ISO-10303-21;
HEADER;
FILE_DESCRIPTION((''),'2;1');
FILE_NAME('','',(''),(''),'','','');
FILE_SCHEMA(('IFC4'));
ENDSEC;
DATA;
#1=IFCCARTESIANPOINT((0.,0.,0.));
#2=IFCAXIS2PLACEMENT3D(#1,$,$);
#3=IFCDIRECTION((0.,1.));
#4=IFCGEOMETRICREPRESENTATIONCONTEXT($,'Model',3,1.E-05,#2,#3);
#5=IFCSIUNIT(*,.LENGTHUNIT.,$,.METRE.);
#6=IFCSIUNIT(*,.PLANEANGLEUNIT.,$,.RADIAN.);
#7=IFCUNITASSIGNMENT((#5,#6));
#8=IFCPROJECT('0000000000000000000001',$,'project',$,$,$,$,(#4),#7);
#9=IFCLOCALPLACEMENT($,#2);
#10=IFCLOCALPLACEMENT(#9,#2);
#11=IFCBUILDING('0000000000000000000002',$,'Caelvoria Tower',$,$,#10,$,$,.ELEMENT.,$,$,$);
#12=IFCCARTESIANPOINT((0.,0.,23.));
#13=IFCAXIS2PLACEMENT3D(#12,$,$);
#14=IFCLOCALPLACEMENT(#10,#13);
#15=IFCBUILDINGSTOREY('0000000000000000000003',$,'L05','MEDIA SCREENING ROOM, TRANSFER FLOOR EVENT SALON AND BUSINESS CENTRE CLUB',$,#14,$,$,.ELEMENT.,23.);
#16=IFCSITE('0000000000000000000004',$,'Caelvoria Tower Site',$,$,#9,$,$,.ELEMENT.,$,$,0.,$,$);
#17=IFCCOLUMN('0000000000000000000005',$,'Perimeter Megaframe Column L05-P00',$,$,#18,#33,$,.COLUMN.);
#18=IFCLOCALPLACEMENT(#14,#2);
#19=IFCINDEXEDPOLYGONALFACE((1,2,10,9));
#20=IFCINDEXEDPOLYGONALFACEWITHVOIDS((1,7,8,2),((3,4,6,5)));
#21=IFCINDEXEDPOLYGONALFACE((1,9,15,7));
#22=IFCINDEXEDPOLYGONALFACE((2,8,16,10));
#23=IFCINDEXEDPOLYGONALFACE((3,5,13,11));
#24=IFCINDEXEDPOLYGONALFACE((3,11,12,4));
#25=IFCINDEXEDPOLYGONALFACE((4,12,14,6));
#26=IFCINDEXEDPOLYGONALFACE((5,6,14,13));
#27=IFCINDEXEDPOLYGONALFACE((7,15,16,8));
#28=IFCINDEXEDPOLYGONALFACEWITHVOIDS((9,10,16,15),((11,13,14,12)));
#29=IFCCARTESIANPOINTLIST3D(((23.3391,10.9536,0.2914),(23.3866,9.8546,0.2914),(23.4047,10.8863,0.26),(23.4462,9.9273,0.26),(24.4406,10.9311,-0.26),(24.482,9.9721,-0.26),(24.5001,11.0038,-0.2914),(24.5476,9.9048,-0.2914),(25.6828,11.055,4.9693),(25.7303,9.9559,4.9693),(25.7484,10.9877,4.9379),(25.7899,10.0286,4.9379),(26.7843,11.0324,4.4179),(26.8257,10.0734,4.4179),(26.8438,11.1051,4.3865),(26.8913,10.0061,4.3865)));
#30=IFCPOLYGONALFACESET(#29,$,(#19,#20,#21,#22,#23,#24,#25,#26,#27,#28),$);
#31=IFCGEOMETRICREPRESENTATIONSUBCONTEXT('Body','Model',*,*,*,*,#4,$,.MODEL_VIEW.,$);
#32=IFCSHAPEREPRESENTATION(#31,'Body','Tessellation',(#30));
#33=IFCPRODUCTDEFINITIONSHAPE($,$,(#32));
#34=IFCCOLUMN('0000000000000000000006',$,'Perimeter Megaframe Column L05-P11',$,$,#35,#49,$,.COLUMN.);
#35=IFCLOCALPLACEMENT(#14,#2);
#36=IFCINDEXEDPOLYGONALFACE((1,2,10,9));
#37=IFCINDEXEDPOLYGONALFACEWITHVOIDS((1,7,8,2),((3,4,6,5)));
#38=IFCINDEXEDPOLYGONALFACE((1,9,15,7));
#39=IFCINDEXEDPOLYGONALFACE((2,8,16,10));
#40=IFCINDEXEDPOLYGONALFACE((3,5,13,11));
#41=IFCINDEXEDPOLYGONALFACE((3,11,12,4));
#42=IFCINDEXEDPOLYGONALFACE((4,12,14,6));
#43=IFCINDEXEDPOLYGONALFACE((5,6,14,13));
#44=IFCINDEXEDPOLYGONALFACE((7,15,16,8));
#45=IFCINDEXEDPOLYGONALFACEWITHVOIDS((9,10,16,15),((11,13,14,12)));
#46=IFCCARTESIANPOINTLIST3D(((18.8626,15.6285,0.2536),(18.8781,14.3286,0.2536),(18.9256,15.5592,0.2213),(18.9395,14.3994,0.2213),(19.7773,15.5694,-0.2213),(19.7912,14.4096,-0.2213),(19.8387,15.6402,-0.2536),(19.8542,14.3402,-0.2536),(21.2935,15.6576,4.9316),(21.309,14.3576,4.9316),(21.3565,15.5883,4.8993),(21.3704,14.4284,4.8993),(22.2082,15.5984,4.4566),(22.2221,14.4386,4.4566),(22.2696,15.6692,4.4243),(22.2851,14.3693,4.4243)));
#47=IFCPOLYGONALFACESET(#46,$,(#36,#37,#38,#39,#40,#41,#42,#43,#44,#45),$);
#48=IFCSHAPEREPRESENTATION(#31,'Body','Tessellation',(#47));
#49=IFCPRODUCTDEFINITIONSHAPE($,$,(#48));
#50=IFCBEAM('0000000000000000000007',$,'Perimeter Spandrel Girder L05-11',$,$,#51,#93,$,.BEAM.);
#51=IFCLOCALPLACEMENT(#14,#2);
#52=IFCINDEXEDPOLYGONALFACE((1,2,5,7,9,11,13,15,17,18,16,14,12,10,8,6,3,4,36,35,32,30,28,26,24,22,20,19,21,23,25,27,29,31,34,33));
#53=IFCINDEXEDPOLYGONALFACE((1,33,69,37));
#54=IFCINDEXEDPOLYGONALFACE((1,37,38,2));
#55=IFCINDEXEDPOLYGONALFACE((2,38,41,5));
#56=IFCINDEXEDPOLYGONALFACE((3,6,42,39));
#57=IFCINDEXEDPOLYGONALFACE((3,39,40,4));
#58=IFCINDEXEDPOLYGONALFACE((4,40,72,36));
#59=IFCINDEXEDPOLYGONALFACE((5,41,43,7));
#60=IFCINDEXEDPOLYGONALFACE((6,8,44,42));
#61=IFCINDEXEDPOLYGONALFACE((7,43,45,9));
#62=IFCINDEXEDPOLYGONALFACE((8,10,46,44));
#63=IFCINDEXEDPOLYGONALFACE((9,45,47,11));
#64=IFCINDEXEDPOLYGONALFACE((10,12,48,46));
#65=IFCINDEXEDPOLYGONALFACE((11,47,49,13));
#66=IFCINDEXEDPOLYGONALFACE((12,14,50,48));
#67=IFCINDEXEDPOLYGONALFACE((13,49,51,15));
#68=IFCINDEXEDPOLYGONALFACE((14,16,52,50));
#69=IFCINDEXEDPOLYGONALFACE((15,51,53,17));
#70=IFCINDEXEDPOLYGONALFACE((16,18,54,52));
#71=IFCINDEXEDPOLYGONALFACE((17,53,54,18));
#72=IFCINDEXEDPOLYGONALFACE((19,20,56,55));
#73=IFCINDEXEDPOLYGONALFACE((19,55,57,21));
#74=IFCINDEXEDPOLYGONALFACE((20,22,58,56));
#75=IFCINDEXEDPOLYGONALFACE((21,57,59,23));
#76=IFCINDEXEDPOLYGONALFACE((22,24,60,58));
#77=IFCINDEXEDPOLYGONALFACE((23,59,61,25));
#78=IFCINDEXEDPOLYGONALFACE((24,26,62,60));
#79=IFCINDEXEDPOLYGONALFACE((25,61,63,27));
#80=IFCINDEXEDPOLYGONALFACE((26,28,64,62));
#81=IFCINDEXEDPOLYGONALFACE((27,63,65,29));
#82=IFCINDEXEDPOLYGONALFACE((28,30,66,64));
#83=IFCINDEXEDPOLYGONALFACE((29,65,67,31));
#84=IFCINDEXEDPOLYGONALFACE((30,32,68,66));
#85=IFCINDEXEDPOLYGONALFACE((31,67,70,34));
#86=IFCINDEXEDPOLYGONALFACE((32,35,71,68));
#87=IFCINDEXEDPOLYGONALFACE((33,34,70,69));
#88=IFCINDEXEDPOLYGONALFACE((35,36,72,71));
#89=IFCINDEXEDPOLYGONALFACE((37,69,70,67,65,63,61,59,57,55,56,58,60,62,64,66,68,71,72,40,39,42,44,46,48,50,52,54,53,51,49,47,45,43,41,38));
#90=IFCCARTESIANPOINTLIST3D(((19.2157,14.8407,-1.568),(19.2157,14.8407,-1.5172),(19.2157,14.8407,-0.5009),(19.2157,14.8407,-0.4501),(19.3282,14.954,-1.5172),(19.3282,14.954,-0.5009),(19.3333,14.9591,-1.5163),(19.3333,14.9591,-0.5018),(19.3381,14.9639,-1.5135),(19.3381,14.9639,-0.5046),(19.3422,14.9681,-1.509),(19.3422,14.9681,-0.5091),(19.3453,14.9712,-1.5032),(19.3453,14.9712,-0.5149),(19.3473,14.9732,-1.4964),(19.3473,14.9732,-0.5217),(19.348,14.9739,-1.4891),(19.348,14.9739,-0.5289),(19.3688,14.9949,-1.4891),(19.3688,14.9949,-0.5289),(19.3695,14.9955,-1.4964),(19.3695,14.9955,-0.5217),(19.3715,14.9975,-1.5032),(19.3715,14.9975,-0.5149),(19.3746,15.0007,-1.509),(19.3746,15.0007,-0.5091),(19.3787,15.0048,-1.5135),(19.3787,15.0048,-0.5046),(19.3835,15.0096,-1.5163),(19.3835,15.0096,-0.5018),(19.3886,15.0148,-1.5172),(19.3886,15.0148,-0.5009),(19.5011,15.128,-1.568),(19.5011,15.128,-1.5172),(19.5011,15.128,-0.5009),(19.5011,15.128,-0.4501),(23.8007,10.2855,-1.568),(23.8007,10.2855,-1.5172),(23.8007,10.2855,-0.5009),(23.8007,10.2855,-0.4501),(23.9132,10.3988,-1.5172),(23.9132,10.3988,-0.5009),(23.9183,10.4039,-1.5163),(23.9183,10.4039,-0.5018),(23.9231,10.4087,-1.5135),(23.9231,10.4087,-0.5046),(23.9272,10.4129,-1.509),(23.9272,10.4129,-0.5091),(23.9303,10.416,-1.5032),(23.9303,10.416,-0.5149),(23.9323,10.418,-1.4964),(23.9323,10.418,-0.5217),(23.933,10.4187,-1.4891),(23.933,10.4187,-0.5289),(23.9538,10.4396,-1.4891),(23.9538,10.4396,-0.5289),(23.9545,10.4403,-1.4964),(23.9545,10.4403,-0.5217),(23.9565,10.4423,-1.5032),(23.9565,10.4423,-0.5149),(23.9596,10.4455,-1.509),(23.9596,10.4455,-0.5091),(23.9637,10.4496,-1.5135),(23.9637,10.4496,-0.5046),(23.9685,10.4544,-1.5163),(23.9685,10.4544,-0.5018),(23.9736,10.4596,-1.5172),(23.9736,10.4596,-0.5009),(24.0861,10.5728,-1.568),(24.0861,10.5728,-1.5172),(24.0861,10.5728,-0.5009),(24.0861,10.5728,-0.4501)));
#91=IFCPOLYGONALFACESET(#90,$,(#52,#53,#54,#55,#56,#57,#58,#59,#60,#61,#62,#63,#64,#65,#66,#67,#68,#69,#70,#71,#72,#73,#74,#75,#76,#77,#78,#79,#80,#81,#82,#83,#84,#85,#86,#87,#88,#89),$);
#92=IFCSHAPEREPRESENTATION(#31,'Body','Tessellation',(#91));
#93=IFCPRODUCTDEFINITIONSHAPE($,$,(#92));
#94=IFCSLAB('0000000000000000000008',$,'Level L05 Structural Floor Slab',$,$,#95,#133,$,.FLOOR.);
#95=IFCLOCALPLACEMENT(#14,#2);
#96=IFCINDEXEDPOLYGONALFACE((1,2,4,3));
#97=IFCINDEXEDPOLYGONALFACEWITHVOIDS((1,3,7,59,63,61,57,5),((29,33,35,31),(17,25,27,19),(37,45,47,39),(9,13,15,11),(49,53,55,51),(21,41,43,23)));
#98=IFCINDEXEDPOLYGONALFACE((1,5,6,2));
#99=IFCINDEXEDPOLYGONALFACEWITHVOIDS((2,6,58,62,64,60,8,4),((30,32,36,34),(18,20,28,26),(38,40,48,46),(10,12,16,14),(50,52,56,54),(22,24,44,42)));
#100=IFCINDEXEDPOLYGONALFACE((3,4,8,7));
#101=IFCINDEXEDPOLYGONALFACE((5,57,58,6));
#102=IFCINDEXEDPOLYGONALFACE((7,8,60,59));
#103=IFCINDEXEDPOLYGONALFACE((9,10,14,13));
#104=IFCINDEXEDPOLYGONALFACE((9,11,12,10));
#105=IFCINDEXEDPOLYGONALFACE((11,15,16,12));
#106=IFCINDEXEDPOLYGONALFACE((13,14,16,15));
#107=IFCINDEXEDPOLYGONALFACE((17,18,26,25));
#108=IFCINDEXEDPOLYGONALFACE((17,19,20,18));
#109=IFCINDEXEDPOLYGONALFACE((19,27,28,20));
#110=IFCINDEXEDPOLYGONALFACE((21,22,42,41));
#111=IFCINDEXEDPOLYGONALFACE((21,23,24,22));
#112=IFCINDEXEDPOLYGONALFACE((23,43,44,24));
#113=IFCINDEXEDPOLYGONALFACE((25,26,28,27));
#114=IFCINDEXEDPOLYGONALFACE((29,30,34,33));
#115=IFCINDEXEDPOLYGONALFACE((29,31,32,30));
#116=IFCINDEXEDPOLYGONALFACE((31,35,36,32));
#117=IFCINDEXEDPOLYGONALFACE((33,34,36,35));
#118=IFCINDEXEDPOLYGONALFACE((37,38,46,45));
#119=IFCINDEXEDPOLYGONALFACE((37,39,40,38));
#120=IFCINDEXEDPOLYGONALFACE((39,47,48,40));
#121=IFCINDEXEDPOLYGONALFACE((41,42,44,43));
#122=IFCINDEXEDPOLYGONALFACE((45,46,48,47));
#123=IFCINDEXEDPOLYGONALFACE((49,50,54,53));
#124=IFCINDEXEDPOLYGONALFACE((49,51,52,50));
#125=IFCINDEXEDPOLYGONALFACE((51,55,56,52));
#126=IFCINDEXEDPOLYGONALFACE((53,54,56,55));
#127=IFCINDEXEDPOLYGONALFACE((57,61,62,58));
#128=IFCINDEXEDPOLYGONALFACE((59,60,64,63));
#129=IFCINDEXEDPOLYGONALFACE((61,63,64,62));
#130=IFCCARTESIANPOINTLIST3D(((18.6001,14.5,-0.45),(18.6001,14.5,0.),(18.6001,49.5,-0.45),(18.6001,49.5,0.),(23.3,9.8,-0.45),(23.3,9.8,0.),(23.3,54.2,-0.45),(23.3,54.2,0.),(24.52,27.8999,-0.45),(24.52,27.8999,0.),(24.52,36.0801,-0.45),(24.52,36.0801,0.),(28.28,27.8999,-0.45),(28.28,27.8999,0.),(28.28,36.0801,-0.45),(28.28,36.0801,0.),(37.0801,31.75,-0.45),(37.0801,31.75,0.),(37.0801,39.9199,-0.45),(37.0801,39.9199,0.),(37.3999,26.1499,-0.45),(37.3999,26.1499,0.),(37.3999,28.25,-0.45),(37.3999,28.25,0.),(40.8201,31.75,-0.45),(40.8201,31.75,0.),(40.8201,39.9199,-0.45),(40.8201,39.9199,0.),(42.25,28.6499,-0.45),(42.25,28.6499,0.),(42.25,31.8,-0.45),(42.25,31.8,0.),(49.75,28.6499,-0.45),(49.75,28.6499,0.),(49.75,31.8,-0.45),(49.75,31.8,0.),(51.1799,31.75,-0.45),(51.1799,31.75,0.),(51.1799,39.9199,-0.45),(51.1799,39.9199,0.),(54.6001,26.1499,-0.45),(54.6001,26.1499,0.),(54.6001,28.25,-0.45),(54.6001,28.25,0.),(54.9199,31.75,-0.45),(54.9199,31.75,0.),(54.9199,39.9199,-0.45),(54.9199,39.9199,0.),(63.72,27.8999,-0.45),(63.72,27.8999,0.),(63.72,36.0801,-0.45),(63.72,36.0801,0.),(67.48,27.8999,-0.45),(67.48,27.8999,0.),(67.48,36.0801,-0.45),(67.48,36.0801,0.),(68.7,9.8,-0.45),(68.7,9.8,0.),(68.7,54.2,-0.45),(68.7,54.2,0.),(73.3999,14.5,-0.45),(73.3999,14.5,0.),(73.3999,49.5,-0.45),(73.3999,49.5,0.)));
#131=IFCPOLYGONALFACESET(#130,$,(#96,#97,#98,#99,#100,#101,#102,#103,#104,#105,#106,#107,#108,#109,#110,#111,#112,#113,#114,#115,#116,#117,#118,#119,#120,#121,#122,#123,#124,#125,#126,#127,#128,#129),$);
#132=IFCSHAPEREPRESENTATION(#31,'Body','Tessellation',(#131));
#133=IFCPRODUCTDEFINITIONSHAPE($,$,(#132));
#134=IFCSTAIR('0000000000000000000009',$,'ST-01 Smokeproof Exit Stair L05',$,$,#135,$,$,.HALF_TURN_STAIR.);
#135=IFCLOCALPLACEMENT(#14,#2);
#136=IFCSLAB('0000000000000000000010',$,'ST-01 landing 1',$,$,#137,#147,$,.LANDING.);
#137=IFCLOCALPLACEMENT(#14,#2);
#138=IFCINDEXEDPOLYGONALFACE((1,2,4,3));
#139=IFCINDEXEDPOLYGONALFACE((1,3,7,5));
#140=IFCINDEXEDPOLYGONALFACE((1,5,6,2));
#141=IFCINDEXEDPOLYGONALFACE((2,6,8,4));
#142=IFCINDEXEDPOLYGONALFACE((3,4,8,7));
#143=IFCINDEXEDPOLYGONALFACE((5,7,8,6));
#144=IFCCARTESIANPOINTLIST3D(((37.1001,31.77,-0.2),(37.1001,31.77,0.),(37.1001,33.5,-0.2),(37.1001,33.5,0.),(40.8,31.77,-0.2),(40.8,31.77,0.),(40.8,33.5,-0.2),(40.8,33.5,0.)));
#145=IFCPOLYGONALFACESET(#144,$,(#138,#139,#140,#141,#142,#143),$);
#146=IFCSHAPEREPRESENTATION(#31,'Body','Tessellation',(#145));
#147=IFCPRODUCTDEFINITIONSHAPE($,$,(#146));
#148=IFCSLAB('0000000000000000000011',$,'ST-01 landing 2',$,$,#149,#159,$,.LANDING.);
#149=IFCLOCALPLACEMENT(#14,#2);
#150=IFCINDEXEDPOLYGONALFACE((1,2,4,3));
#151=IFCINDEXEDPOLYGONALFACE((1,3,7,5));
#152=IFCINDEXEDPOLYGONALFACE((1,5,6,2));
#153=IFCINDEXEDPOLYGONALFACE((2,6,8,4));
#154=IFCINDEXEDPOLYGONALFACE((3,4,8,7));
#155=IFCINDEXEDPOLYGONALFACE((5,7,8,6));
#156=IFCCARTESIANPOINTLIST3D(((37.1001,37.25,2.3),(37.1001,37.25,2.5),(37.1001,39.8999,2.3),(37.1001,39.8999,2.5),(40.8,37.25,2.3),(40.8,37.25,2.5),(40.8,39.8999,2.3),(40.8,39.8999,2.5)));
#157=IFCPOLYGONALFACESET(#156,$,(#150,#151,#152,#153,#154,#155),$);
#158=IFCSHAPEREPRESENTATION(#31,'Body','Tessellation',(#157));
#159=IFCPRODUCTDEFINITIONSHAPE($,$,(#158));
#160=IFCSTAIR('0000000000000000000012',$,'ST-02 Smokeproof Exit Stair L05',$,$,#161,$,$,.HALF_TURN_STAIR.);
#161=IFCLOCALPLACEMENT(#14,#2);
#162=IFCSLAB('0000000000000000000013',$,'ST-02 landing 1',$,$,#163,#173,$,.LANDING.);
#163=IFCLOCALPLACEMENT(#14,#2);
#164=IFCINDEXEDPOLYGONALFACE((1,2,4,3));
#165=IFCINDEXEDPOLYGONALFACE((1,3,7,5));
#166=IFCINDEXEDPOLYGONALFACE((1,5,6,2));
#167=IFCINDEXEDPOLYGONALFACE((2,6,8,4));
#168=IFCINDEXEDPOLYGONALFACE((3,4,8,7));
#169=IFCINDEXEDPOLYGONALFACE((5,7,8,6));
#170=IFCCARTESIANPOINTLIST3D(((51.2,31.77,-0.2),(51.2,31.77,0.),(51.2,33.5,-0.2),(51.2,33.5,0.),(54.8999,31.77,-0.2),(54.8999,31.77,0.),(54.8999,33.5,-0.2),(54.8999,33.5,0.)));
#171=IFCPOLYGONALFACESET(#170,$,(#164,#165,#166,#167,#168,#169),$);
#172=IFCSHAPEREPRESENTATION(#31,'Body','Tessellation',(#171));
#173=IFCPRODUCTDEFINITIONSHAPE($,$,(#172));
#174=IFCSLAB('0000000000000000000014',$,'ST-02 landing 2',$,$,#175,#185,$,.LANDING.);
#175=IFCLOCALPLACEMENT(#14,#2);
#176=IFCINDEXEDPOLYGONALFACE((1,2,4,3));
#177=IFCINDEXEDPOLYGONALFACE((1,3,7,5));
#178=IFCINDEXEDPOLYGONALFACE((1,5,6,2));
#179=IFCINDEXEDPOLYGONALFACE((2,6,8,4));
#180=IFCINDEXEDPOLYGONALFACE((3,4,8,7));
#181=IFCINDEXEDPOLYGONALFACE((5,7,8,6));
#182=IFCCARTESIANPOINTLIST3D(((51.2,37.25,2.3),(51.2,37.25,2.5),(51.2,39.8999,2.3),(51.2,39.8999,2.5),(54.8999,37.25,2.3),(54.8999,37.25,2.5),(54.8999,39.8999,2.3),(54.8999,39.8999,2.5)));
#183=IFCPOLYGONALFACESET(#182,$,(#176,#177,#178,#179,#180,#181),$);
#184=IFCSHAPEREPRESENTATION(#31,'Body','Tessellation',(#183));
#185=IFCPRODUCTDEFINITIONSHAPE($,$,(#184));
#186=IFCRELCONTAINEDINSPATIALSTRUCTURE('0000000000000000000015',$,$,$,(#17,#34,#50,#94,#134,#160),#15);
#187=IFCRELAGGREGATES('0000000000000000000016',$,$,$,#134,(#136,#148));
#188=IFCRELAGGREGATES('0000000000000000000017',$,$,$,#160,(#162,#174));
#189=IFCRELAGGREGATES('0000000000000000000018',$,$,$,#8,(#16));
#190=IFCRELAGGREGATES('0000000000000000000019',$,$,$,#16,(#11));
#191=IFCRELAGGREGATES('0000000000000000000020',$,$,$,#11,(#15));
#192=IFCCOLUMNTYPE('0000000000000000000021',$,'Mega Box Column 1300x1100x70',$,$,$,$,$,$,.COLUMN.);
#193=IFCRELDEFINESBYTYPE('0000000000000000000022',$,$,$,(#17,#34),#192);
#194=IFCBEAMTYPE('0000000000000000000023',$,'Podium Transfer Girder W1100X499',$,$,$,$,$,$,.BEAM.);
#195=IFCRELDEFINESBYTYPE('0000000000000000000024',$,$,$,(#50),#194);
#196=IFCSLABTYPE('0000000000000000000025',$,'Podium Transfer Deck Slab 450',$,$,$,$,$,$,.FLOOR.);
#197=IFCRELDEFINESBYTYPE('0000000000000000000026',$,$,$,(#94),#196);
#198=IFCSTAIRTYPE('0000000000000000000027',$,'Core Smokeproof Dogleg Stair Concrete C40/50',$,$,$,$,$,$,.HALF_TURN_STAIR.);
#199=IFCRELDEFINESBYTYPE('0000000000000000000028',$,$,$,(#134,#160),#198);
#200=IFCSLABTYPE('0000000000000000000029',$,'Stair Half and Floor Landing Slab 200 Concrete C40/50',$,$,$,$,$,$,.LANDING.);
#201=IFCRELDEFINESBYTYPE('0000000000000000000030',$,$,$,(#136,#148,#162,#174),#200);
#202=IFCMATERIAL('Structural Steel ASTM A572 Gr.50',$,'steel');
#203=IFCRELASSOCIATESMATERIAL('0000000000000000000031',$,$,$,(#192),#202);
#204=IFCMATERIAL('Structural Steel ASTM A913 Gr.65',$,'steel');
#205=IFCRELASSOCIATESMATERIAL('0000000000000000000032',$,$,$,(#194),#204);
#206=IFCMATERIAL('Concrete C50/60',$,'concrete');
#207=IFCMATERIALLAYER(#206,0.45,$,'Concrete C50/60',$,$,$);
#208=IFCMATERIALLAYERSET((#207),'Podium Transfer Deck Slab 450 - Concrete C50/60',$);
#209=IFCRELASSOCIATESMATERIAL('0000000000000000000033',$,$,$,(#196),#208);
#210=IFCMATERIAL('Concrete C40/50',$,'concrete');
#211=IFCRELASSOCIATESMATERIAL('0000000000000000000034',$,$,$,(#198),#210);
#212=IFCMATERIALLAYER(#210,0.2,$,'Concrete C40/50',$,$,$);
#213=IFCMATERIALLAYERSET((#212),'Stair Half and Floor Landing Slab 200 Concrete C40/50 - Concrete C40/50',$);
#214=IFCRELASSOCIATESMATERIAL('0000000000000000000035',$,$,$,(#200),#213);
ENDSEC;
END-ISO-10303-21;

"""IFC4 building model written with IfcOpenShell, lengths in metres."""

from ifc_helpers import new_model, si_unit, direction, frame, origin, origin_2d, place, context, subcontext, project, spatial, polyline, hollow_rectangle, i_section, outline, extrude, material, layer, layer_set, material_profile, profile_set, type_object, element, aggregate, save


model = new_model("IFC4")

# Units and contexts
model_context = context("Model", 3, precision=1e-05, world=origin(), true_north=direction((0.0, 1.0)))
body_context = subcontext(model_context, "Body", "Model", "MODEL_VIEW")
ifc_project = project(units=[si_unit("LENGTHUNIT", "METRE"), si_unit("PLANEANGLEUNIT", "RADIAN")], contexts=[model_context])

# Site, building, storey
site_placement = place(None, origin())
site = spatial("IfcSite", under=ifc_project, at=site_placement, Name="Caelvoria Tower Site", CompositionType="ELEMENT", RefElevation=0.0)
building_placement = place(site_placement, origin())
building = spatial("IfcBuilding", under=site, at=building_placement, Name="Caelvoria Tower", CompositionType="ELEMENT")
storey_placement = place(building_placement, frame((0.0, 0.0, 23.0)))
storey = spatial("IfcBuildingStorey", under=building, at=storey_placement, Name="L05", Description="MEDIA SCREENING ROOM, TRANSFER FLOOR EVENT SALON AND BUSINESS CENTRE CLUB", CompositionType="ELEMENT", Elevation=23.0)

# Columns
ifc_material_1 = material(Name="Structural Steel ASTM A572 Gr.50", Category="steel")
ifc_material_profile_1 = material_profile(ifc_material_1, hollow_rectangle(XDim=1.1001, YDim=1.3, WallThickness=0.0701, at=origin_2d()), Name="Structural Steel ASTM A572 Gr.50")
ifc_profile_set_1 = profile_set([ifc_material_profile_1], Name="BOX1300X1100X70 - Structural Steel ASTM A572 Gr.50")
column_type = type_object("IfcColumnType", Name="Mega Box Column 1300x1100x70", PredefinedType="COLUMN", material=ifc_profile_set_1)
column_1_placement = place(storey_placement, frame((23.9434, 10.4292, 0.0), z_axis=(0.447857, 0.019361, 0.893895), x_axis=(-0.043189, 0.999067, 0.0)))
element("IfcColumn", 1, at=column_1_placement, inside=storey, type_object=column_type, Name="Perimeter Megaframe Column L05-P00", PredefinedType="COLUMN", context=body_context, shape_type="SweptSolid", body=[
    extrude(hollow_rectangle(XDim=1.1001, YDim=1.3, WallThickness=0.0701, at=origin_2d()), origin(), (0.0, 0.0, 1.0), 5.2332),
])
column_2_placement = place(storey_placement, frame((19.3584, 14.9844, 0.0), z_axis=(0.461101, 0.005511, 0.887331), x_axis=(-0.887267, -0.010604, 0.461134)))
element("IfcColumn", 2, at=column_2_placement, inside=storey, type_object=column_type, Name="Perimeter Megaframe Column L05-P11", PredefinedType="COLUMN", context=body_context, shape_type="SweptSolid", body=[
    extrude(hollow_rectangle(XDim=1.1001, YDim=1.3, WallThickness=0.0701, at=origin_2d()), origin(), (0.0, 0.0, 1.0), 5.272),
])

# Beam
ifc_material_2 = material(Name="Structural Steel ASTM A913 Gr.65", Category="steel")
ifc_material_profile_2 = material_profile(ifc_material_2, i_section(OverallWidth=0.405, OverallDepth=1.1179, WebThickness=0.0295, FlangeThickness=0.0508, FilletRadius=0.0281, at=origin_2d()), Name="Structural Steel ASTM A913 Gr.65")
ifc_profile_set_2 = profile_set([ifc_material_profile_2], Name="W1100X499 - Structural Steel ASTM A913 Gr.65")
beam_type = type_object("IfcBeamType", Name="Podium Transfer Girder W1100X499", PredefinedType="BEAM", material=ifc_profile_set_2)
beam_placement = place(storey_placement, frame((19.3584, 14.9844, -1.009), z_axis=(0.709407, -0.704799, 0.0), x_axis=(0.704799, 0.709407, 0.0)))
element("IfcBeam", 3, at=beam_placement, inside=storey, type_object=beam_type, Name="Perimeter Spandrel Girder L05-11", PredefinedType="BEAM", context=body_context, shape_type="SweptSolid", body=[
    extrude(i_section(OverallWidth=0.405, OverallDepth=1.1179, WebThickness=0.0295, FlangeThickness=0.0508, FilletRadius=0.0281, at=origin_2d()), origin(), (0.0, 0.0, 1.0), 6.4631),
])

# Slab
ifc_material_3 = material(Name="Concrete C50/60", Category="concrete")
ifc_layer_1 = layer(ifc_material_3, 0.45, Name="Concrete C50/60")
ifc_layer_set_1 = layer_set([ifc_layer_1], Name="Podium Transfer Deck Slab 450 - Concrete C50/60")
slab_type_1 = type_object("IfcSlabType", Name="Podium Transfer Deck Slab 450", PredefinedType="FLOOR", material=ifc_layer_set_1)
slab_1_placement = place(storey_placement, frame((0.0, 0.0, -0.45)))
element("IfcSlab", 4, at=slab_1_placement, inside=storey, type_object=slab_type_1, Name="Level L05 Structural Floor Slab", PredefinedType="FLOOR", context=body_context, shape_type="SweptSolid", body=[
    extrude(outline(polyline([(23.3, 9.8), (68.7, 9.8), (73.3999, 14.5), (73.3999, 49.5), (68.7, 54.2), (23.3, 54.2), (18.6001, 49.5), (18.6001, 14.5), (23.3, 9.8)]), holes=[polyline([(37.0801, 31.75), (40.8201, 31.75), (40.8201, 39.9199), (37.0801, 39.9199), (37.0801, 31.75)]), polyline([(51.1799, 31.75), (54.9199, 31.75), (54.9199, 39.9199), (51.1799, 39.9199), (51.1799, 31.75)]), polyline([(42.25, 28.6499), (49.75, 28.6499), (49.75, 31.8), (42.25, 31.8), (42.25, 28.6499)]), polyline([(24.52, 27.8999), (28.28, 27.8999), (28.28, 36.0801), (24.52, 36.0801), (24.52, 27.8999)]), polyline([(63.72, 27.8999), (67.48, 27.8999), (67.48, 36.0801), (63.72, 36.0801), (63.72, 27.8999)]), polyline([(37.3999, 26.1499), (54.6001, 26.1499), (54.6001, 28.25), (37.3999, 28.25), (37.3999, 26.1499)])]), origin(), (0.0, 0.0, 1.0), 0.45),
])

# Stairs, slabs
ifc_material_4 = material(Name="Concrete C40/50", Category="concrete")
stair_type = type_object("IfcStairType", Name="Core Smokeproof Dogleg Stair Concrete C40/50", PredefinedType="HALF_TURN_STAIR", material=ifc_material_4)
stair_1_placement = place(storey_placement, origin())
stair_1 = element("IfcStair", 5, at=stair_1_placement, inside=storey, type_object=stair_type, Name="ST-01 Smokeproof Exit Stair L05", PredefinedType="HALF_TURN_STAIR")
ifc_layer_2 = layer(ifc_material_4, 0.2, Name="Concrete C40/50")
ifc_layer_set_2 = layer_set([ifc_layer_2], Name="Stair Half and Floor Landing Slab 200 Concrete C40/50 - Concrete C40/50")
slab_type_2 = type_object("IfcSlabType", Name="Stair Half and Floor Landing Slab 200 Concrete C40/50", PredefinedType="LANDING", material=ifc_layer_set_2)
slab_2_placement = place(storey_placement, frame((0.0, 0.0, -0.2)))
slab_2 = element("IfcSlab", 6, at=slab_2_placement, type_object=slab_type_2, Name="ST-01 landing 1", PredefinedType="LANDING", context=body_context, shape_type="SweptSolid", body=[
    extrude(outline(polyline([(37.1001, 31.77), (40.8, 31.77), (40.8, 33.5), (37.1001, 33.5), (37.1001, 31.77)])), origin(), (0.0, 0.0, 1.0), 0.2),
])
slab_3_placement = place(storey_placement, frame((0.0, 0.0, 2.3)))
slab_3 = element("IfcSlab", 7, at=slab_3_placement, type_object=slab_type_2, Name="ST-01 landing 2", PredefinedType="LANDING", context=body_context, shape_type="SweptSolid", body=[
    extrude(outline(polyline([(37.1001, 37.25), (40.8, 37.25), (40.8, 39.8999), (37.1001, 39.8999), (37.1001, 37.25)])), origin(), (0.0, 0.0, 1.0), 0.2),
])
aggregate(stair_1, [slab_2, slab_3])
stair_2_placement = place(storey_placement, origin())
stair_2 = element("IfcStair", 8, at=stair_2_placement, inside=storey, type_object=stair_type, Name="ST-02 Smokeproof Exit Stair L05", PredefinedType="HALF_TURN_STAIR")
slab_4_placement = place(storey_placement, frame((0.0, 0.0, -0.2)))
slab_4 = element("IfcSlab", 9, at=slab_4_placement, type_object=slab_type_2, Name="ST-02 landing 1", PredefinedType="LANDING", context=body_context, shape_type="SweptSolid", body=[
    extrude(outline(polyline([(51.2, 31.77), (54.8999, 31.77), (54.8999, 33.5), (51.2, 33.5), (51.2, 31.77)])), origin(), (0.0, 0.0, 1.0), 0.2),
])
slab_5_placement = place(storey_placement, frame((0.0, 0.0, 2.3)))
slab_5 = element("IfcSlab", 10, at=slab_5_placement, type_object=slab_type_2, Name="ST-02 landing 2", PredefinedType="LANDING", context=body_context, shape_type="SweptSolid", body=[
    extrude(outline(polyline([(51.2, 37.25), (54.8999, 37.25), (54.8999, 39.8999), (51.2, 39.8999), (51.2, 37.25)])), origin(), (0.0, 0.0, 1.0), 0.2),
])
aggregate(stair_2, [slab_4, slab_5])

save(model, "model.ifc")
